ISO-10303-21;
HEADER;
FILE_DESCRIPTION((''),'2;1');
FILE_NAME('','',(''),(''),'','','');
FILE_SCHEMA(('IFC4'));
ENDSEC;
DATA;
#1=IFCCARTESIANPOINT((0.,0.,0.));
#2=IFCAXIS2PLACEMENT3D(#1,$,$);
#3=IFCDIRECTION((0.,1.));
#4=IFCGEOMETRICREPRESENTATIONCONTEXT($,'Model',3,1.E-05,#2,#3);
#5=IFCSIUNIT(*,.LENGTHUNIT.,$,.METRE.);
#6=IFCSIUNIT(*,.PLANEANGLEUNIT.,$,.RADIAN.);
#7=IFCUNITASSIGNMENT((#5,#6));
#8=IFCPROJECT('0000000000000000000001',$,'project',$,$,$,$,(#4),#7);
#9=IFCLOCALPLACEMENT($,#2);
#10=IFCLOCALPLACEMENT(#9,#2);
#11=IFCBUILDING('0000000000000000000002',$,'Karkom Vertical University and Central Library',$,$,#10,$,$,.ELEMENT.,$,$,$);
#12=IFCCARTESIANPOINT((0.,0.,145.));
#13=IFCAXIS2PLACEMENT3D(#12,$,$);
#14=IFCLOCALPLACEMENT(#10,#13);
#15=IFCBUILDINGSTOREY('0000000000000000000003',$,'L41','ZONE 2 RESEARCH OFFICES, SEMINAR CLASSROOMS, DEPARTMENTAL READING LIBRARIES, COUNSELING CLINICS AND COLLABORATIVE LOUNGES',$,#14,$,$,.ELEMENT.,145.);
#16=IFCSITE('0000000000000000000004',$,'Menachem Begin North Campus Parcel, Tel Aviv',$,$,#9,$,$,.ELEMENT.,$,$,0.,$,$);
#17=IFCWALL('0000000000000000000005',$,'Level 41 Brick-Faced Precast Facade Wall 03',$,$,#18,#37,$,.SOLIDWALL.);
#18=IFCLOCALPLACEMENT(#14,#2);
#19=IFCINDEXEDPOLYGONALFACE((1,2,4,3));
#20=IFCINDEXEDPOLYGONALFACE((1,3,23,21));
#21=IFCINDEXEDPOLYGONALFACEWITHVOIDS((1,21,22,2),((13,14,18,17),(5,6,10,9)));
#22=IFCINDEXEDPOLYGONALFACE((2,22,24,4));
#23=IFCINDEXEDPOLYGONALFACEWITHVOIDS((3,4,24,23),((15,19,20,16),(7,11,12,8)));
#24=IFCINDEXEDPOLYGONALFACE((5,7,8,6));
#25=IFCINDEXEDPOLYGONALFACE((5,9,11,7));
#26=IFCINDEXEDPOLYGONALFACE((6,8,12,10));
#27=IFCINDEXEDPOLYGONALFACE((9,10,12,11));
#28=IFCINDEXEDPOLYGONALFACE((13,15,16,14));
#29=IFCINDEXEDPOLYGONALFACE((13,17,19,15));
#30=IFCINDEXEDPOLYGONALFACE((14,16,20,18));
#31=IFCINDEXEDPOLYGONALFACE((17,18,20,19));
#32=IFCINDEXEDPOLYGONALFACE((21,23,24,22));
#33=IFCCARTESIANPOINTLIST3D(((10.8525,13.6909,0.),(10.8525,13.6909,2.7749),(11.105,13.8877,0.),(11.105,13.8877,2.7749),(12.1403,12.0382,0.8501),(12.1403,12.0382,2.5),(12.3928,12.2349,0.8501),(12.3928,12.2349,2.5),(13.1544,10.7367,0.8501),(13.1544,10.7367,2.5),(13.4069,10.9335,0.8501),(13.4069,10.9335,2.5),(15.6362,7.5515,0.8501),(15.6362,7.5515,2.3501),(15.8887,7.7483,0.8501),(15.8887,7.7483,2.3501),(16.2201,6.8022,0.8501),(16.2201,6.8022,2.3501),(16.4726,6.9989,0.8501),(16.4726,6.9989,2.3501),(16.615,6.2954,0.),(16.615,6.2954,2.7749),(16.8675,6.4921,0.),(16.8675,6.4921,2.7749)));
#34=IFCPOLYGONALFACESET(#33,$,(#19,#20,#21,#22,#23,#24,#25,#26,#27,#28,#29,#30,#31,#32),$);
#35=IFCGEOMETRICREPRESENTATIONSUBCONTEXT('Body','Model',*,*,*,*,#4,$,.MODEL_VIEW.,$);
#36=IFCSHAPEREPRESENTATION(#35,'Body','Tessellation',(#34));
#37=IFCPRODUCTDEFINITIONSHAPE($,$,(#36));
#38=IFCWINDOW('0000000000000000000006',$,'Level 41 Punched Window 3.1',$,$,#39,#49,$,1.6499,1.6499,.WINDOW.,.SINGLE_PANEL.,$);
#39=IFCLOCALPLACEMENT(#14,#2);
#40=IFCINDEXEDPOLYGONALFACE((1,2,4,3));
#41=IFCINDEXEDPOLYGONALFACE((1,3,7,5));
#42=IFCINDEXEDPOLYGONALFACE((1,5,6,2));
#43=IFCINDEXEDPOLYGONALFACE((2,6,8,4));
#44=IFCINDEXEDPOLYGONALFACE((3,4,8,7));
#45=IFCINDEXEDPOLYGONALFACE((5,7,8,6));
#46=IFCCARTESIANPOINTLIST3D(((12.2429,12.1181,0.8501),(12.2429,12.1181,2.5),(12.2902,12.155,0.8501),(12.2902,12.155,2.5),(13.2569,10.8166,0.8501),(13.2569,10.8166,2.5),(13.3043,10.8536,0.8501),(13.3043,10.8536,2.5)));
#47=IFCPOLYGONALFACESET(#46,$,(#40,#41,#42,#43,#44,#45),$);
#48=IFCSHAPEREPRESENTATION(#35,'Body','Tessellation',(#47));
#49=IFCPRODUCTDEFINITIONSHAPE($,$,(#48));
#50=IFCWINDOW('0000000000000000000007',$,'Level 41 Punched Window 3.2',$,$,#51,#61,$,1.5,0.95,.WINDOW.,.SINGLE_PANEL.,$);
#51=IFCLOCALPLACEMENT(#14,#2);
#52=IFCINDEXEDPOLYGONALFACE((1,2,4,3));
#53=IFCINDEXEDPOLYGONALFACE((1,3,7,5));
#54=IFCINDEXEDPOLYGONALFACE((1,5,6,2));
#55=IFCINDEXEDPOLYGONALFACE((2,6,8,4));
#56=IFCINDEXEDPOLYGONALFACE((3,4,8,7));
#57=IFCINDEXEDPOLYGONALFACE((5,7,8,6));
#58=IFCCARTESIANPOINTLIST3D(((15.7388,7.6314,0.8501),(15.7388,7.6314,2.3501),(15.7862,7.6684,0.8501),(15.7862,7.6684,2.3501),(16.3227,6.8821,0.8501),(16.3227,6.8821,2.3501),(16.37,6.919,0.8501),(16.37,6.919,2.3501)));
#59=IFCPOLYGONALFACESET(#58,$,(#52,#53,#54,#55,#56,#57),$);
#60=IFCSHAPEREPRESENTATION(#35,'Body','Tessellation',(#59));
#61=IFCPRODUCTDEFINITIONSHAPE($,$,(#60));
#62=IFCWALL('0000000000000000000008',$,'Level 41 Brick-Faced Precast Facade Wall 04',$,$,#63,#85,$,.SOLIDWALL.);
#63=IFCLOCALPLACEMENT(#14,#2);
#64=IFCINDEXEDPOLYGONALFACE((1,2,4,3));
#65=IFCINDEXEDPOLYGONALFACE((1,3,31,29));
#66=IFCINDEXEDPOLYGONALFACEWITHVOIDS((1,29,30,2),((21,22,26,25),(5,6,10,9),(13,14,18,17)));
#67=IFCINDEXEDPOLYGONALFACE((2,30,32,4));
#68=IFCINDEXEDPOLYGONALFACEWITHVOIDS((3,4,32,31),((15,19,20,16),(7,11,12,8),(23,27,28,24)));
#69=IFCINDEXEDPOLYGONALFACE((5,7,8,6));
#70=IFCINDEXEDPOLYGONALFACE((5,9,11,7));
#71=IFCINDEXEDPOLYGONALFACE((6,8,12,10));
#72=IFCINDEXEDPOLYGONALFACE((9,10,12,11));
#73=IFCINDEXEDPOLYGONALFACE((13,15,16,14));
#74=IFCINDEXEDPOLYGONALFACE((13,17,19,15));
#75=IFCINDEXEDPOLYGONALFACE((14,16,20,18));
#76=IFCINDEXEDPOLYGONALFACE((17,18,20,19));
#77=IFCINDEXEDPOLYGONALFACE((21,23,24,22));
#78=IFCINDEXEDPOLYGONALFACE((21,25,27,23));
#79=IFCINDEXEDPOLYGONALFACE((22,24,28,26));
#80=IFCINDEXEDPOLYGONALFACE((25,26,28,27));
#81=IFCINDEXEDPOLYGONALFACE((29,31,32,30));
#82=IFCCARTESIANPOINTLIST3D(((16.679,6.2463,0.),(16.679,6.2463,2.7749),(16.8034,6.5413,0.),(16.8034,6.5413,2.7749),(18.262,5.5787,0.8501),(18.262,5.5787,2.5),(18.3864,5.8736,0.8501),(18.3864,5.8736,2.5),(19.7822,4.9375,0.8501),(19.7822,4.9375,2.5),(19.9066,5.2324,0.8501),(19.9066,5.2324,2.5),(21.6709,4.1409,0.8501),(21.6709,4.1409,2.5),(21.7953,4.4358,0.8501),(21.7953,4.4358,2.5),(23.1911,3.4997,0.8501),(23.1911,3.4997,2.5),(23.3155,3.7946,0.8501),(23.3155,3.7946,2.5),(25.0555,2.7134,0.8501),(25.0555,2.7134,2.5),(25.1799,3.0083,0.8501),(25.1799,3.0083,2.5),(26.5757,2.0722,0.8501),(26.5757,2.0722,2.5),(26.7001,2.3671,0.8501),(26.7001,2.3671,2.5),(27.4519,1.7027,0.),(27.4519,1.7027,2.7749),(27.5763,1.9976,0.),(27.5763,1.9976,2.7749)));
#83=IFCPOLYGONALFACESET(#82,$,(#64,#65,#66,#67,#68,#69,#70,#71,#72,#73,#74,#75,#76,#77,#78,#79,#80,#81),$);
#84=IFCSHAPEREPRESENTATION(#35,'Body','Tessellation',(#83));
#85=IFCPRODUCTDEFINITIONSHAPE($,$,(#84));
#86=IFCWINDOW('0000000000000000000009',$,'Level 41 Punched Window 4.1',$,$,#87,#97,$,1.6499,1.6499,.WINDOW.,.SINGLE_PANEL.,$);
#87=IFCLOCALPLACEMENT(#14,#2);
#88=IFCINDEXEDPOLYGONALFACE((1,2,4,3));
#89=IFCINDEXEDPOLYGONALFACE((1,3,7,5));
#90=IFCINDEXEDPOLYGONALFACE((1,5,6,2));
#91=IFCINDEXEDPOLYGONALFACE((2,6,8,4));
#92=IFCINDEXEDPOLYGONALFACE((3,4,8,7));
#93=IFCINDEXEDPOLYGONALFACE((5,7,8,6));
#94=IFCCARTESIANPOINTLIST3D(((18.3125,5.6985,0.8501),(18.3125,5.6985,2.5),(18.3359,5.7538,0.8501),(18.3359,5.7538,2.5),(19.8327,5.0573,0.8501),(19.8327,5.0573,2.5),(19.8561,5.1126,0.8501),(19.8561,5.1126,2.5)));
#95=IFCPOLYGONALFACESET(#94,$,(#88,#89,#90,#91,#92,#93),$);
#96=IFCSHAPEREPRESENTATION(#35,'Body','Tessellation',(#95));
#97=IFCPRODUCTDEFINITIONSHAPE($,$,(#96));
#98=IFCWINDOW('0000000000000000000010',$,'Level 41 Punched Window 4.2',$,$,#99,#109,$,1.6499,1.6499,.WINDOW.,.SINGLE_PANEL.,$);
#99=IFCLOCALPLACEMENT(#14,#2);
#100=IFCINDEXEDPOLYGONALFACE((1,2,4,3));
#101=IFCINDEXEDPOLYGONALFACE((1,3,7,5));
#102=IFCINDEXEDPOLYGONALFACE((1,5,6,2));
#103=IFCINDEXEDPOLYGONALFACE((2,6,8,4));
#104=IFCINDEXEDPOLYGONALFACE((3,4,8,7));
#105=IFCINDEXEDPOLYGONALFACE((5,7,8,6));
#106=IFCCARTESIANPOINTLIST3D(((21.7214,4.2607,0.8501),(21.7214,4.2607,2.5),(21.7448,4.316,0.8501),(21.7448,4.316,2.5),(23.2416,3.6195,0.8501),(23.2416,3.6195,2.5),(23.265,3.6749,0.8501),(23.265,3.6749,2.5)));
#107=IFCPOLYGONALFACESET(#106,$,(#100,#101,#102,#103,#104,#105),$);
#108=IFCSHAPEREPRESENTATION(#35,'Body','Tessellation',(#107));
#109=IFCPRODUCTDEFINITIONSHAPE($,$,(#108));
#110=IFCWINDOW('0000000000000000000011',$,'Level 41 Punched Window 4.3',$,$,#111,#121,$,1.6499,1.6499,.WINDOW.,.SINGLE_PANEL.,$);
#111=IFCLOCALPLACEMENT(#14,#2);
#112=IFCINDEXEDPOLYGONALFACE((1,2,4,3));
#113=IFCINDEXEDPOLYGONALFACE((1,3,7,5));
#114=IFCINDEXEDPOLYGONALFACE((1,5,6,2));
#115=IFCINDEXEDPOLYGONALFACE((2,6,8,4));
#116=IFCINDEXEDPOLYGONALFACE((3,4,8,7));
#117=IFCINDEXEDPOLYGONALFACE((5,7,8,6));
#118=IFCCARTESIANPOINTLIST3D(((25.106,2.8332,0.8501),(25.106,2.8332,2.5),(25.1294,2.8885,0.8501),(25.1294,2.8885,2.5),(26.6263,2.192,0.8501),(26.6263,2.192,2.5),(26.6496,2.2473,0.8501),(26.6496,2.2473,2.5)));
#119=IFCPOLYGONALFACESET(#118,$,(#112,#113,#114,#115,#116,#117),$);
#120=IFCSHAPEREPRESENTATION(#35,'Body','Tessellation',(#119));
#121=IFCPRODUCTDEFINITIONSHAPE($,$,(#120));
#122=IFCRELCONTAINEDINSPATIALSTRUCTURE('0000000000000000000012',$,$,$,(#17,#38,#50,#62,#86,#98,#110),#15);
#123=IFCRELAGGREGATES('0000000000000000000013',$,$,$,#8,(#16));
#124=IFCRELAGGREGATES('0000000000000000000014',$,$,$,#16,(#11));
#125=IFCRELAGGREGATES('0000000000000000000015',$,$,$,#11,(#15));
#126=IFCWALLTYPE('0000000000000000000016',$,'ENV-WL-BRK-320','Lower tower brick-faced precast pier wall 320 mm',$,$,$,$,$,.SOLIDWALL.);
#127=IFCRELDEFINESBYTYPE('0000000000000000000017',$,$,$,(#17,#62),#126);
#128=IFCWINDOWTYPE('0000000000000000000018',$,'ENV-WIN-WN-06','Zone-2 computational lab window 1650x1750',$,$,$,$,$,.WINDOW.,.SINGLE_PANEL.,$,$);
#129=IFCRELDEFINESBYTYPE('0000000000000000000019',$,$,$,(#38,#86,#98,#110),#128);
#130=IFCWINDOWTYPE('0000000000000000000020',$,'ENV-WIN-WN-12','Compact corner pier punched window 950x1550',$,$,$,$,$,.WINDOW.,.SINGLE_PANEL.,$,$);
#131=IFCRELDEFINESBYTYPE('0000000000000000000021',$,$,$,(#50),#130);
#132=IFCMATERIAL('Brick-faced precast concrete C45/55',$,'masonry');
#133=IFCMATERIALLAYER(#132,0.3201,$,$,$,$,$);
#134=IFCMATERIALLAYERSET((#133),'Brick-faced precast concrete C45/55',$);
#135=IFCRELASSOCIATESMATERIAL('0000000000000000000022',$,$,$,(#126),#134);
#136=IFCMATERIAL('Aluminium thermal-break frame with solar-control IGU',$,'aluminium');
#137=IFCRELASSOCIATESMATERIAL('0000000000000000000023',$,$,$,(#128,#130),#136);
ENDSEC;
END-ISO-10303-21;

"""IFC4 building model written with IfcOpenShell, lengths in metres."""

from ifc_helpers import new_model, si_unit, direction, frame, frame_2d, origin, origin_with_axes, place, context, subcontext, project, spatial, rectangle, extrude, source, transform, mapped, material, layer, layer_set, type_object, element, fill, save


model = new_model("IFC4")

# Units and contexts
model_context = context("Model", 3, precision=1e-05, world=origin(), true_north=direction((0.0, 1.0)))
body_context = subcontext(model_context, "Body", "Model", "MODEL_VIEW")
ifc_project = project(units=[si_unit("LENGTHUNIT", "METRE"), si_unit("PLANEANGLEUNIT", "RADIAN")], contexts=[model_context])

# Site, building, storey
site_placement = place(None, origin())
site = spatial("IfcSite", under=ifc_project, at=site_placement, Name="Menachem Begin North Campus Parcel, Tel Aviv", CompositionType="ELEMENT", RefElevation=0.0)
building_placement = place(site_placement, origin())
building = spatial("IfcBuilding", under=site, at=building_placement, Name="Karkom Vertical University and Central Library", CompositionType="ELEMENT")
storey_placement = place(building_placement, frame((0.0, 0.0, 145.0)))
storey = spatial("IfcBuildingStorey", under=building, at=storey_placement, Name="L41", Description="ZONE 2 RESEARCH OFFICES, SEMINAR CLASSROOMS, DEPARTMENTAL READING LIBRARIES, COUNSELING CLINICS AND COLLABORATIVE LOUNGES", CompositionType="ELEMENT", Elevation=145.0)

# Walls, openings, windows
ifc_material_1 = material(Name="Brick-faced precast concrete C45/55", Category="masonry")
ifc_layer_1 = layer(ifc_material_1, 0.3201)
ifc_layer_set_1 = layer_set([ifc_layer_1], Name="Brick-faced precast concrete C45/55")
wall_type = type_object("IfcWallType", Name="ENV-WL-BRK-320", Description="Lower tower brick-faced precast pier wall 320 mm", PredefinedType="SOLIDWALL", material=ifc_layer_set_1)
wall_1_placement = place(storey_placement, frame((10.9788, 13.7893, 0.0), z_axis=(0.0, 0.0, 1.0), x_axis=(0.614631, -0.788815, 0.0)))
wall_1 = element("IfcWall", 1, at=wall_1_placement, inside=storey, type_object=wall_type, Name="Level 41 Brick-Faced Precast Facade Wall 03", PredefinedType="SOLIDWALL", context=body_context, shape_type="SweptSolid", body=[
    extrude(rectangle(XDim=9.3755, YDim=0.3201, at=frame_2d((4.6877, 0.0))), origin(), (0.0, 0.0, 1.0), 2.7749),
])
opening_1_placement = place(wall_1_placement, frame((2.0952, 0.0, 0.8501)))
opening_1 = element("IfcOpeningElement", 2, at=opening_1_placement, cuts=wall_1, PredefinedType="OPENING", context=body_context, shape_type="SweptSolid", body=[
    extrude(rectangle(XDim=1.6499, YDim=1.6499, at=frame_2d((0.825, 0.825))), frame((0.0, 0.1699, 0.0), z_axis=(0.0, -1.0, 0.0), x_axis=(1.0, 0.0, 0.0)), (0.0, 0.0, 1.0), 0.3401),
])
opening_2_placement = place(wall_1_placement, frame((7.783, 0.0, 0.8501)))
opening_2 = element("IfcOpeningElement", 3, at=opening_2_placement, cuts=wall_1, PredefinedType="OPENING", context=body_context, shape_type="SweptSolid", body=[
    extrude(rectangle(XDim=0.95, YDim=1.5, at=frame_2d((0.4751, 0.75))), frame((0.0, 0.1699, 0.0), z_axis=(0.0, -1.0, 0.0), x_axis=(1.0, 0.0, 0.0)), (0.0, 0.0, 1.0), 0.3401),
])
ifc_material_2 = material(Name="Aluminium thermal-break frame with solar-control IGU", Category="aluminium")
window_type_1 = type_object("IfcWindowType", Name="ENV-WIN-WN-06", Description="Zone-2 computational lab window 1650x1750", PartitioningType="SINGLE_PANEL", PredefinedType="WINDOW", material=ifc_material_2)
shared_shape_1 = source(origin_with_axes(), body_context, "Body", "SweptSolid", [
    extrude(rectangle(XDim=1.6499, YDim=1.6499, at=frame_2d((0.825, 0.825))), frame((0.0, 0.03, 0.0), z_axis=(0.0, -1.0, 0.0), x_axis=(1.0, 0.0, 0.0)), (0.0, 0.0, 1.0), 0.0601),
])
window_1_placement = place(opening_1_placement, origin())
window_1 = element("IfcWindow", 4, at=window_1_placement, inside=storey, type_object=window_type_1, Name="Level 41 Punched Window 3.1", OverallHeight=1.6499, OverallWidth=1.6499, PartitioningType="SINGLE_PANEL", PredefinedType="WINDOW", context=body_context, shape_type="MappedRepresentation", body=[
    mapped(shared_shape_1, transform((0.0, 0.0, 0.0), scale=1.0)),
])
fill(opening_1, window_1)
window_type_2 = type_object("IfcWindowType", Name="ENV-WIN-WN-12", Description="Compact corner pier punched window 950x1550", PartitioningType="SINGLE_PANEL", PredefinedType="WINDOW", material=ifc_material_2)
shared_shape_2 = source(origin_with_axes(), body_context, "Body", "SweptSolid", [
    extrude(rectangle(XDim=0.95, YDim=1.5, at=frame_2d((0.4751, 0.75))), frame((0.0, 0.03, 0.0), z_axis=(0.0, -1.0, 0.0), x_axis=(1.0, 0.0, 0.0)), (0.0, 0.0, 1.0), 0.0601),
])
window_2_placement = place(opening_2_placement, origin())
window_2 = element("IfcWindow", 5, at=window_2_placement, inside=storey, type_object=window_type_2, Name="Level 41 Punched Window 3.2", OverallHeight=1.5, OverallWidth=0.95, PartitioningType="SINGLE_PANEL", PredefinedType="WINDOW", context=body_context, shape_type="MappedRepresentation", body=[
    mapped(shared_shape_2, transform((0.0, 0.0, 0.0), scale=1.0)),
])
fill(opening_2, window_2)
wall_2_placement = place(storey_placement, frame((16.7412, 6.3938, 0.0), z_axis=(0.0, 0.0, 1.0), x_axis=(0.921399, -0.388618, 0.0)))
wall_2 = element("IfcWall", 6, at=wall_2_placement, inside=storey, type_object=wall_type, Name="Level 41 Brick-Faced Precast Facade Wall 04", PredefinedType="SOLIDWALL", context=body_context, shape_type="SweptSolid", body=[
    extrude(rectangle(XDim=11.6919, YDim=0.3201, at=frame_2d((5.8459, 0.0))), origin(), (0.0, 0.0, 1.0), 2.7749),
])
opening_3_placement = place(wall_2_placement, frame((1.718, 0.0, 0.8501)))
opening_3 = element("IfcOpeningElement", 7, at=opening_3_placement, cuts=wall_2, PredefinedType="OPENING", context=body_context, shape_type="SweptSolid", body=[
    extrude(rectangle(XDim=1.6499, YDim=1.6499, at=frame_2d((0.825, 0.825))), frame((0.0, 0.1699, 0.0), z_axis=(0.0, -1.0, 0.0), x_axis=(1.0, 0.0, 0.0)), (0.0, 0.0, 1.0), 0.3401),
])
opening_4_placement = place(wall_2_placement, frame((5.4177, 0.0, 0.8501)))
opening_4 = element("IfcOpeningElement", 8, at=opening_4_placement, cuts=wall_2, PredefinedType="OPENING", context=body_context, shape_type="SweptSolid", body=[
    extrude(rectangle(XDim=1.6499, YDim=1.6499, at=frame_2d((0.825, 0.825))), frame((0.0, 0.1699, 0.0), z_axis=(0.0, -1.0, 0.0), x_axis=(1.0, 0.0, 0.0)), (0.0, 0.0, 1.0), 0.3401),
])
opening_5_placement = place(wall_2_placement, frame((9.0911, 0.0, 0.8501)))
opening_5 = element("IfcOpeningElement", 9, at=opening_5_placement, cuts=wall_2, PredefinedType="OPENING", context=body_context, shape_type="SweptSolid", body=[
    extrude(rectangle(XDim=1.6499, YDim=1.6499, at=frame_2d((0.825, 0.825))), frame((0.0, 0.1699, 0.0), z_axis=(0.0, -1.0, 0.0), x_axis=(1.0, 0.0, 0.0)), (0.0, 0.0, 1.0), 0.3401),
])
window_3_placement = place(opening_3_placement, origin())
window_3 = element("IfcWindow", 10, at=window_3_placement, inside=storey, type_object=window_type_1, Name="Level 41 Punched Window 4.1", OverallHeight=1.6499, OverallWidth=1.6499, PartitioningType="SINGLE_PANEL", PredefinedType="WINDOW", context=body_context, shape_type="MappedRepresentation", body=[
    mapped(shared_shape_1, transform((0.0, 0.0, 0.0), scale=1.0)),
])
fill(opening_3, window_3)
window_4_placement = place(opening_4_placement, origin())
window_4 = element("IfcWindow", 11, at=window_4_placement, inside=storey, type_object=window_type_1, Name="Level 41 Punched Window 4.2", OverallHeight=1.6499, OverallWidth=1.6499, PartitioningType="SINGLE_PANEL", PredefinedType="WINDOW", context=body_context, shape_type="MappedRepresentation", body=[
    mapped(shared_shape_1, transform((0.0, 0.0, 0.0), scale=1.0)),
])
fill(opening_4, window_4)
window_5_placement = place(opening_5_placement, origin())
window_5 = element("IfcWindow", 12, at=window_5_placement, inside=storey, type_object=window_type_1, Name="Level 41 Punched Window 4.3", OverallHeight=1.6499, OverallWidth=1.6499, PartitioningType="SINGLE_PANEL", PredefinedType="WINDOW", context=body_context, shape_type="MappedRepresentation", body=[
    mapped(shared_shape_1, transform((0.0, 0.0, 0.0), scale=1.0)),
])
fill(opening_5, window_5)

save(model, "model.ifc")
